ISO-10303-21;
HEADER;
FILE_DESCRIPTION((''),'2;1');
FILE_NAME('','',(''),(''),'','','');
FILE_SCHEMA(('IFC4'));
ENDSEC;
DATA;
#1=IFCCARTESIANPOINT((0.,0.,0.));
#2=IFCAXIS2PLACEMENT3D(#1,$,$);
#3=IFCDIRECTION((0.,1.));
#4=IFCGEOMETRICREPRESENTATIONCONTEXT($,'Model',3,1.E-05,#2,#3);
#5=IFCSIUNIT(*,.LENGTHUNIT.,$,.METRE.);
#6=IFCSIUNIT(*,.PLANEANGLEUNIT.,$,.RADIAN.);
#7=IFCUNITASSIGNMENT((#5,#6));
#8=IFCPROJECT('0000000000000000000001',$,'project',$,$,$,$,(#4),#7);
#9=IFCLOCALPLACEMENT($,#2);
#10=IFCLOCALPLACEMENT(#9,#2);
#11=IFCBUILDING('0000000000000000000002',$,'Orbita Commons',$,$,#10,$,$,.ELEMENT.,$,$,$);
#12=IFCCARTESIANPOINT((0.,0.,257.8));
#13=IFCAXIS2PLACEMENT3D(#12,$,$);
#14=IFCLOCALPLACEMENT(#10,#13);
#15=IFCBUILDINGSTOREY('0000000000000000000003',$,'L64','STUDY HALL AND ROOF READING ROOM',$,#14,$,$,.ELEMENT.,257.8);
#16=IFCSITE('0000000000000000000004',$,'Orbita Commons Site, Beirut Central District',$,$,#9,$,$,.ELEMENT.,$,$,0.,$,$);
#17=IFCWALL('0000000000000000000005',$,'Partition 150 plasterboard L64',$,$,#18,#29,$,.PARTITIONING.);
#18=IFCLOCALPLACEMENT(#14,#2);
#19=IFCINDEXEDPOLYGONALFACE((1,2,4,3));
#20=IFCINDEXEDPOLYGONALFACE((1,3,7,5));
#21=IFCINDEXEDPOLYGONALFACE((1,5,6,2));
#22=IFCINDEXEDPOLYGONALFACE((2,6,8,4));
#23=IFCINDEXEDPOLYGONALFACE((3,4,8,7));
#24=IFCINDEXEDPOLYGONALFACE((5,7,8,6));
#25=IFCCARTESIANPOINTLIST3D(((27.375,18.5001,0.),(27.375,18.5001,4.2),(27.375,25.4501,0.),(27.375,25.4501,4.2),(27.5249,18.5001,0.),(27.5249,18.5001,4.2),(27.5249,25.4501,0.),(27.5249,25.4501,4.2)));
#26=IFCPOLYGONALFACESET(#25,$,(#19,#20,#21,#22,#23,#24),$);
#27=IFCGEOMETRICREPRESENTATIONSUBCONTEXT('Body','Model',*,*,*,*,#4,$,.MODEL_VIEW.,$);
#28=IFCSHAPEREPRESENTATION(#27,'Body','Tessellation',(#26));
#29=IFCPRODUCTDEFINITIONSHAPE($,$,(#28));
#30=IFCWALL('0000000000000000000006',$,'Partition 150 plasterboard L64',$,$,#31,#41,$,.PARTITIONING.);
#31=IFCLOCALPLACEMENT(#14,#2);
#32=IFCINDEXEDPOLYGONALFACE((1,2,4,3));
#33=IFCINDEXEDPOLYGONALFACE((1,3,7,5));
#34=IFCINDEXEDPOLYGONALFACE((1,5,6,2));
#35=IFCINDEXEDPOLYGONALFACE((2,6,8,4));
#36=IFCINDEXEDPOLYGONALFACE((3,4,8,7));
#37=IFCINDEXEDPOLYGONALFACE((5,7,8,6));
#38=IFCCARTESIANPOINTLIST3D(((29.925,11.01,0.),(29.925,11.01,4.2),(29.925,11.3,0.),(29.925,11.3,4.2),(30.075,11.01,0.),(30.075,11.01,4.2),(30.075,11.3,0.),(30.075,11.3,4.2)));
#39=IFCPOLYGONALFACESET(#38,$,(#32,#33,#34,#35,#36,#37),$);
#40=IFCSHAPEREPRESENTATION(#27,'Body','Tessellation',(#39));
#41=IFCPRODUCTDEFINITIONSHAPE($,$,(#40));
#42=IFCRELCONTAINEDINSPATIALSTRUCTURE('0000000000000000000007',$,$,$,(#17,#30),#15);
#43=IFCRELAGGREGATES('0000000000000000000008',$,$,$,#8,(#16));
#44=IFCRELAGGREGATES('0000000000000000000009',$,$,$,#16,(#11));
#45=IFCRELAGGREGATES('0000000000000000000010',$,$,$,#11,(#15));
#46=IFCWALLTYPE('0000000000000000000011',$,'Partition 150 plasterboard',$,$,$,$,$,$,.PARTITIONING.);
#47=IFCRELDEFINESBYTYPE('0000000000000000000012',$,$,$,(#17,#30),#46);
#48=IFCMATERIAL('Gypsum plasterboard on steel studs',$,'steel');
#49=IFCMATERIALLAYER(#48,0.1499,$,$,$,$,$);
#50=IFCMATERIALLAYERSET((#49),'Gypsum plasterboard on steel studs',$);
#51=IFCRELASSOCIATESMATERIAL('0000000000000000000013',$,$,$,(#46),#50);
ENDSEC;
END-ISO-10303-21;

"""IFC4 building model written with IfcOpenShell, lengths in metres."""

from ifc_helpers import new_model, si_unit, direction, frame, frame_2d, origin, place, context, subcontext, project, spatial, rectangle, extrude, material, layer, layer_set, type_object, element, save


model = new_model("IFC4")

# Units and contexts
model_context = context("Model", 3, precision=1e-05, world=origin(), true_north=direction((0.0, 1.0)))
body_context = subcontext(model_context, "Body", "Model", "MODEL_VIEW")
ifc_project = project(units=[si_unit("LENGTHUNIT", "METRE"), si_unit("PLANEANGLEUNIT", "RADIAN")], contexts=[model_context])

# Site, building, storey
site_placement = place(None, origin())
site = spatial("IfcSite", under=ifc_project, at=site_placement, Name="Orbita Commons Site, Beirut Central District", CompositionType="ELEMENT", RefElevation=0.0)
building_placement = place(site_placement, origin())
building = spatial("IfcBuilding", under=site, at=building_placement, Name="Orbita Commons", CompositionType="ELEMENT")
storey_placement = place(building_placement, frame((0.0, 0.0, 257.8)))
storey = spatial("IfcBuildingStorey", under=building, at=storey_placement, Name="L64", Description="STUDY HALL AND ROOF READING ROOM", CompositionType="ELEMENT", Elevation=257.8)

# Walls
ifc_material_1 = material(Name="Gypsum plasterboard on steel studs", Category="steel")
ifc_layer_1 = layer(ifc_material_1, 0.1499)
ifc_layer_set_1 = layer_set([ifc_layer_1], Name="Gypsum plasterboard on steel studs")
wall_type_1 = type_object("IfcWallType", Name="Partition 150 plasterboard", PredefinedType="PARTITIONING", material=ifc_layer_set_1)
wall_1_placement = place(storey_placement, frame((27.45, 18.5, 0.0), z_axis=(0.0, 0.0, 1.0), x_axis=(0.0, 1.0, 0.0)))
element("IfcWall", 1, at=wall_1_placement, inside=storey, type_object=wall_type_1, Name="Partition 150 plasterboard L64", PredefinedType="PARTITIONING", context=body_context, shape_type="SweptSolid", body=[
    extrude(rectangle(XDim=6.95, YDim=0.1499, at=frame_2d((3.4751, 0.0))), origin(), (0.0, 0.0, 1.0), 4.2),
])
wall_2_placement = place(storey_placement, frame((30.0, 11.3, 0.0), z_axis=(0.0, 0.0, 1.0), x_axis=(0.0, -1.0, 0.0)))
element("IfcWall", 2, at=wall_2_placement, inside=storey, type_object=wall_type_1, Name="Partition 150 plasterboard L64", PredefinedType="PARTITIONING", context=body_context, shape_type="SweptSolid", body=[
    extrude(rectangle(XDim=0.29, YDim=0.1499, at=frame_2d((0.145, 0.0))), origin(), (0.0, 0.0, 1.0), 4.2),
])

save(model, "model.ifc")
